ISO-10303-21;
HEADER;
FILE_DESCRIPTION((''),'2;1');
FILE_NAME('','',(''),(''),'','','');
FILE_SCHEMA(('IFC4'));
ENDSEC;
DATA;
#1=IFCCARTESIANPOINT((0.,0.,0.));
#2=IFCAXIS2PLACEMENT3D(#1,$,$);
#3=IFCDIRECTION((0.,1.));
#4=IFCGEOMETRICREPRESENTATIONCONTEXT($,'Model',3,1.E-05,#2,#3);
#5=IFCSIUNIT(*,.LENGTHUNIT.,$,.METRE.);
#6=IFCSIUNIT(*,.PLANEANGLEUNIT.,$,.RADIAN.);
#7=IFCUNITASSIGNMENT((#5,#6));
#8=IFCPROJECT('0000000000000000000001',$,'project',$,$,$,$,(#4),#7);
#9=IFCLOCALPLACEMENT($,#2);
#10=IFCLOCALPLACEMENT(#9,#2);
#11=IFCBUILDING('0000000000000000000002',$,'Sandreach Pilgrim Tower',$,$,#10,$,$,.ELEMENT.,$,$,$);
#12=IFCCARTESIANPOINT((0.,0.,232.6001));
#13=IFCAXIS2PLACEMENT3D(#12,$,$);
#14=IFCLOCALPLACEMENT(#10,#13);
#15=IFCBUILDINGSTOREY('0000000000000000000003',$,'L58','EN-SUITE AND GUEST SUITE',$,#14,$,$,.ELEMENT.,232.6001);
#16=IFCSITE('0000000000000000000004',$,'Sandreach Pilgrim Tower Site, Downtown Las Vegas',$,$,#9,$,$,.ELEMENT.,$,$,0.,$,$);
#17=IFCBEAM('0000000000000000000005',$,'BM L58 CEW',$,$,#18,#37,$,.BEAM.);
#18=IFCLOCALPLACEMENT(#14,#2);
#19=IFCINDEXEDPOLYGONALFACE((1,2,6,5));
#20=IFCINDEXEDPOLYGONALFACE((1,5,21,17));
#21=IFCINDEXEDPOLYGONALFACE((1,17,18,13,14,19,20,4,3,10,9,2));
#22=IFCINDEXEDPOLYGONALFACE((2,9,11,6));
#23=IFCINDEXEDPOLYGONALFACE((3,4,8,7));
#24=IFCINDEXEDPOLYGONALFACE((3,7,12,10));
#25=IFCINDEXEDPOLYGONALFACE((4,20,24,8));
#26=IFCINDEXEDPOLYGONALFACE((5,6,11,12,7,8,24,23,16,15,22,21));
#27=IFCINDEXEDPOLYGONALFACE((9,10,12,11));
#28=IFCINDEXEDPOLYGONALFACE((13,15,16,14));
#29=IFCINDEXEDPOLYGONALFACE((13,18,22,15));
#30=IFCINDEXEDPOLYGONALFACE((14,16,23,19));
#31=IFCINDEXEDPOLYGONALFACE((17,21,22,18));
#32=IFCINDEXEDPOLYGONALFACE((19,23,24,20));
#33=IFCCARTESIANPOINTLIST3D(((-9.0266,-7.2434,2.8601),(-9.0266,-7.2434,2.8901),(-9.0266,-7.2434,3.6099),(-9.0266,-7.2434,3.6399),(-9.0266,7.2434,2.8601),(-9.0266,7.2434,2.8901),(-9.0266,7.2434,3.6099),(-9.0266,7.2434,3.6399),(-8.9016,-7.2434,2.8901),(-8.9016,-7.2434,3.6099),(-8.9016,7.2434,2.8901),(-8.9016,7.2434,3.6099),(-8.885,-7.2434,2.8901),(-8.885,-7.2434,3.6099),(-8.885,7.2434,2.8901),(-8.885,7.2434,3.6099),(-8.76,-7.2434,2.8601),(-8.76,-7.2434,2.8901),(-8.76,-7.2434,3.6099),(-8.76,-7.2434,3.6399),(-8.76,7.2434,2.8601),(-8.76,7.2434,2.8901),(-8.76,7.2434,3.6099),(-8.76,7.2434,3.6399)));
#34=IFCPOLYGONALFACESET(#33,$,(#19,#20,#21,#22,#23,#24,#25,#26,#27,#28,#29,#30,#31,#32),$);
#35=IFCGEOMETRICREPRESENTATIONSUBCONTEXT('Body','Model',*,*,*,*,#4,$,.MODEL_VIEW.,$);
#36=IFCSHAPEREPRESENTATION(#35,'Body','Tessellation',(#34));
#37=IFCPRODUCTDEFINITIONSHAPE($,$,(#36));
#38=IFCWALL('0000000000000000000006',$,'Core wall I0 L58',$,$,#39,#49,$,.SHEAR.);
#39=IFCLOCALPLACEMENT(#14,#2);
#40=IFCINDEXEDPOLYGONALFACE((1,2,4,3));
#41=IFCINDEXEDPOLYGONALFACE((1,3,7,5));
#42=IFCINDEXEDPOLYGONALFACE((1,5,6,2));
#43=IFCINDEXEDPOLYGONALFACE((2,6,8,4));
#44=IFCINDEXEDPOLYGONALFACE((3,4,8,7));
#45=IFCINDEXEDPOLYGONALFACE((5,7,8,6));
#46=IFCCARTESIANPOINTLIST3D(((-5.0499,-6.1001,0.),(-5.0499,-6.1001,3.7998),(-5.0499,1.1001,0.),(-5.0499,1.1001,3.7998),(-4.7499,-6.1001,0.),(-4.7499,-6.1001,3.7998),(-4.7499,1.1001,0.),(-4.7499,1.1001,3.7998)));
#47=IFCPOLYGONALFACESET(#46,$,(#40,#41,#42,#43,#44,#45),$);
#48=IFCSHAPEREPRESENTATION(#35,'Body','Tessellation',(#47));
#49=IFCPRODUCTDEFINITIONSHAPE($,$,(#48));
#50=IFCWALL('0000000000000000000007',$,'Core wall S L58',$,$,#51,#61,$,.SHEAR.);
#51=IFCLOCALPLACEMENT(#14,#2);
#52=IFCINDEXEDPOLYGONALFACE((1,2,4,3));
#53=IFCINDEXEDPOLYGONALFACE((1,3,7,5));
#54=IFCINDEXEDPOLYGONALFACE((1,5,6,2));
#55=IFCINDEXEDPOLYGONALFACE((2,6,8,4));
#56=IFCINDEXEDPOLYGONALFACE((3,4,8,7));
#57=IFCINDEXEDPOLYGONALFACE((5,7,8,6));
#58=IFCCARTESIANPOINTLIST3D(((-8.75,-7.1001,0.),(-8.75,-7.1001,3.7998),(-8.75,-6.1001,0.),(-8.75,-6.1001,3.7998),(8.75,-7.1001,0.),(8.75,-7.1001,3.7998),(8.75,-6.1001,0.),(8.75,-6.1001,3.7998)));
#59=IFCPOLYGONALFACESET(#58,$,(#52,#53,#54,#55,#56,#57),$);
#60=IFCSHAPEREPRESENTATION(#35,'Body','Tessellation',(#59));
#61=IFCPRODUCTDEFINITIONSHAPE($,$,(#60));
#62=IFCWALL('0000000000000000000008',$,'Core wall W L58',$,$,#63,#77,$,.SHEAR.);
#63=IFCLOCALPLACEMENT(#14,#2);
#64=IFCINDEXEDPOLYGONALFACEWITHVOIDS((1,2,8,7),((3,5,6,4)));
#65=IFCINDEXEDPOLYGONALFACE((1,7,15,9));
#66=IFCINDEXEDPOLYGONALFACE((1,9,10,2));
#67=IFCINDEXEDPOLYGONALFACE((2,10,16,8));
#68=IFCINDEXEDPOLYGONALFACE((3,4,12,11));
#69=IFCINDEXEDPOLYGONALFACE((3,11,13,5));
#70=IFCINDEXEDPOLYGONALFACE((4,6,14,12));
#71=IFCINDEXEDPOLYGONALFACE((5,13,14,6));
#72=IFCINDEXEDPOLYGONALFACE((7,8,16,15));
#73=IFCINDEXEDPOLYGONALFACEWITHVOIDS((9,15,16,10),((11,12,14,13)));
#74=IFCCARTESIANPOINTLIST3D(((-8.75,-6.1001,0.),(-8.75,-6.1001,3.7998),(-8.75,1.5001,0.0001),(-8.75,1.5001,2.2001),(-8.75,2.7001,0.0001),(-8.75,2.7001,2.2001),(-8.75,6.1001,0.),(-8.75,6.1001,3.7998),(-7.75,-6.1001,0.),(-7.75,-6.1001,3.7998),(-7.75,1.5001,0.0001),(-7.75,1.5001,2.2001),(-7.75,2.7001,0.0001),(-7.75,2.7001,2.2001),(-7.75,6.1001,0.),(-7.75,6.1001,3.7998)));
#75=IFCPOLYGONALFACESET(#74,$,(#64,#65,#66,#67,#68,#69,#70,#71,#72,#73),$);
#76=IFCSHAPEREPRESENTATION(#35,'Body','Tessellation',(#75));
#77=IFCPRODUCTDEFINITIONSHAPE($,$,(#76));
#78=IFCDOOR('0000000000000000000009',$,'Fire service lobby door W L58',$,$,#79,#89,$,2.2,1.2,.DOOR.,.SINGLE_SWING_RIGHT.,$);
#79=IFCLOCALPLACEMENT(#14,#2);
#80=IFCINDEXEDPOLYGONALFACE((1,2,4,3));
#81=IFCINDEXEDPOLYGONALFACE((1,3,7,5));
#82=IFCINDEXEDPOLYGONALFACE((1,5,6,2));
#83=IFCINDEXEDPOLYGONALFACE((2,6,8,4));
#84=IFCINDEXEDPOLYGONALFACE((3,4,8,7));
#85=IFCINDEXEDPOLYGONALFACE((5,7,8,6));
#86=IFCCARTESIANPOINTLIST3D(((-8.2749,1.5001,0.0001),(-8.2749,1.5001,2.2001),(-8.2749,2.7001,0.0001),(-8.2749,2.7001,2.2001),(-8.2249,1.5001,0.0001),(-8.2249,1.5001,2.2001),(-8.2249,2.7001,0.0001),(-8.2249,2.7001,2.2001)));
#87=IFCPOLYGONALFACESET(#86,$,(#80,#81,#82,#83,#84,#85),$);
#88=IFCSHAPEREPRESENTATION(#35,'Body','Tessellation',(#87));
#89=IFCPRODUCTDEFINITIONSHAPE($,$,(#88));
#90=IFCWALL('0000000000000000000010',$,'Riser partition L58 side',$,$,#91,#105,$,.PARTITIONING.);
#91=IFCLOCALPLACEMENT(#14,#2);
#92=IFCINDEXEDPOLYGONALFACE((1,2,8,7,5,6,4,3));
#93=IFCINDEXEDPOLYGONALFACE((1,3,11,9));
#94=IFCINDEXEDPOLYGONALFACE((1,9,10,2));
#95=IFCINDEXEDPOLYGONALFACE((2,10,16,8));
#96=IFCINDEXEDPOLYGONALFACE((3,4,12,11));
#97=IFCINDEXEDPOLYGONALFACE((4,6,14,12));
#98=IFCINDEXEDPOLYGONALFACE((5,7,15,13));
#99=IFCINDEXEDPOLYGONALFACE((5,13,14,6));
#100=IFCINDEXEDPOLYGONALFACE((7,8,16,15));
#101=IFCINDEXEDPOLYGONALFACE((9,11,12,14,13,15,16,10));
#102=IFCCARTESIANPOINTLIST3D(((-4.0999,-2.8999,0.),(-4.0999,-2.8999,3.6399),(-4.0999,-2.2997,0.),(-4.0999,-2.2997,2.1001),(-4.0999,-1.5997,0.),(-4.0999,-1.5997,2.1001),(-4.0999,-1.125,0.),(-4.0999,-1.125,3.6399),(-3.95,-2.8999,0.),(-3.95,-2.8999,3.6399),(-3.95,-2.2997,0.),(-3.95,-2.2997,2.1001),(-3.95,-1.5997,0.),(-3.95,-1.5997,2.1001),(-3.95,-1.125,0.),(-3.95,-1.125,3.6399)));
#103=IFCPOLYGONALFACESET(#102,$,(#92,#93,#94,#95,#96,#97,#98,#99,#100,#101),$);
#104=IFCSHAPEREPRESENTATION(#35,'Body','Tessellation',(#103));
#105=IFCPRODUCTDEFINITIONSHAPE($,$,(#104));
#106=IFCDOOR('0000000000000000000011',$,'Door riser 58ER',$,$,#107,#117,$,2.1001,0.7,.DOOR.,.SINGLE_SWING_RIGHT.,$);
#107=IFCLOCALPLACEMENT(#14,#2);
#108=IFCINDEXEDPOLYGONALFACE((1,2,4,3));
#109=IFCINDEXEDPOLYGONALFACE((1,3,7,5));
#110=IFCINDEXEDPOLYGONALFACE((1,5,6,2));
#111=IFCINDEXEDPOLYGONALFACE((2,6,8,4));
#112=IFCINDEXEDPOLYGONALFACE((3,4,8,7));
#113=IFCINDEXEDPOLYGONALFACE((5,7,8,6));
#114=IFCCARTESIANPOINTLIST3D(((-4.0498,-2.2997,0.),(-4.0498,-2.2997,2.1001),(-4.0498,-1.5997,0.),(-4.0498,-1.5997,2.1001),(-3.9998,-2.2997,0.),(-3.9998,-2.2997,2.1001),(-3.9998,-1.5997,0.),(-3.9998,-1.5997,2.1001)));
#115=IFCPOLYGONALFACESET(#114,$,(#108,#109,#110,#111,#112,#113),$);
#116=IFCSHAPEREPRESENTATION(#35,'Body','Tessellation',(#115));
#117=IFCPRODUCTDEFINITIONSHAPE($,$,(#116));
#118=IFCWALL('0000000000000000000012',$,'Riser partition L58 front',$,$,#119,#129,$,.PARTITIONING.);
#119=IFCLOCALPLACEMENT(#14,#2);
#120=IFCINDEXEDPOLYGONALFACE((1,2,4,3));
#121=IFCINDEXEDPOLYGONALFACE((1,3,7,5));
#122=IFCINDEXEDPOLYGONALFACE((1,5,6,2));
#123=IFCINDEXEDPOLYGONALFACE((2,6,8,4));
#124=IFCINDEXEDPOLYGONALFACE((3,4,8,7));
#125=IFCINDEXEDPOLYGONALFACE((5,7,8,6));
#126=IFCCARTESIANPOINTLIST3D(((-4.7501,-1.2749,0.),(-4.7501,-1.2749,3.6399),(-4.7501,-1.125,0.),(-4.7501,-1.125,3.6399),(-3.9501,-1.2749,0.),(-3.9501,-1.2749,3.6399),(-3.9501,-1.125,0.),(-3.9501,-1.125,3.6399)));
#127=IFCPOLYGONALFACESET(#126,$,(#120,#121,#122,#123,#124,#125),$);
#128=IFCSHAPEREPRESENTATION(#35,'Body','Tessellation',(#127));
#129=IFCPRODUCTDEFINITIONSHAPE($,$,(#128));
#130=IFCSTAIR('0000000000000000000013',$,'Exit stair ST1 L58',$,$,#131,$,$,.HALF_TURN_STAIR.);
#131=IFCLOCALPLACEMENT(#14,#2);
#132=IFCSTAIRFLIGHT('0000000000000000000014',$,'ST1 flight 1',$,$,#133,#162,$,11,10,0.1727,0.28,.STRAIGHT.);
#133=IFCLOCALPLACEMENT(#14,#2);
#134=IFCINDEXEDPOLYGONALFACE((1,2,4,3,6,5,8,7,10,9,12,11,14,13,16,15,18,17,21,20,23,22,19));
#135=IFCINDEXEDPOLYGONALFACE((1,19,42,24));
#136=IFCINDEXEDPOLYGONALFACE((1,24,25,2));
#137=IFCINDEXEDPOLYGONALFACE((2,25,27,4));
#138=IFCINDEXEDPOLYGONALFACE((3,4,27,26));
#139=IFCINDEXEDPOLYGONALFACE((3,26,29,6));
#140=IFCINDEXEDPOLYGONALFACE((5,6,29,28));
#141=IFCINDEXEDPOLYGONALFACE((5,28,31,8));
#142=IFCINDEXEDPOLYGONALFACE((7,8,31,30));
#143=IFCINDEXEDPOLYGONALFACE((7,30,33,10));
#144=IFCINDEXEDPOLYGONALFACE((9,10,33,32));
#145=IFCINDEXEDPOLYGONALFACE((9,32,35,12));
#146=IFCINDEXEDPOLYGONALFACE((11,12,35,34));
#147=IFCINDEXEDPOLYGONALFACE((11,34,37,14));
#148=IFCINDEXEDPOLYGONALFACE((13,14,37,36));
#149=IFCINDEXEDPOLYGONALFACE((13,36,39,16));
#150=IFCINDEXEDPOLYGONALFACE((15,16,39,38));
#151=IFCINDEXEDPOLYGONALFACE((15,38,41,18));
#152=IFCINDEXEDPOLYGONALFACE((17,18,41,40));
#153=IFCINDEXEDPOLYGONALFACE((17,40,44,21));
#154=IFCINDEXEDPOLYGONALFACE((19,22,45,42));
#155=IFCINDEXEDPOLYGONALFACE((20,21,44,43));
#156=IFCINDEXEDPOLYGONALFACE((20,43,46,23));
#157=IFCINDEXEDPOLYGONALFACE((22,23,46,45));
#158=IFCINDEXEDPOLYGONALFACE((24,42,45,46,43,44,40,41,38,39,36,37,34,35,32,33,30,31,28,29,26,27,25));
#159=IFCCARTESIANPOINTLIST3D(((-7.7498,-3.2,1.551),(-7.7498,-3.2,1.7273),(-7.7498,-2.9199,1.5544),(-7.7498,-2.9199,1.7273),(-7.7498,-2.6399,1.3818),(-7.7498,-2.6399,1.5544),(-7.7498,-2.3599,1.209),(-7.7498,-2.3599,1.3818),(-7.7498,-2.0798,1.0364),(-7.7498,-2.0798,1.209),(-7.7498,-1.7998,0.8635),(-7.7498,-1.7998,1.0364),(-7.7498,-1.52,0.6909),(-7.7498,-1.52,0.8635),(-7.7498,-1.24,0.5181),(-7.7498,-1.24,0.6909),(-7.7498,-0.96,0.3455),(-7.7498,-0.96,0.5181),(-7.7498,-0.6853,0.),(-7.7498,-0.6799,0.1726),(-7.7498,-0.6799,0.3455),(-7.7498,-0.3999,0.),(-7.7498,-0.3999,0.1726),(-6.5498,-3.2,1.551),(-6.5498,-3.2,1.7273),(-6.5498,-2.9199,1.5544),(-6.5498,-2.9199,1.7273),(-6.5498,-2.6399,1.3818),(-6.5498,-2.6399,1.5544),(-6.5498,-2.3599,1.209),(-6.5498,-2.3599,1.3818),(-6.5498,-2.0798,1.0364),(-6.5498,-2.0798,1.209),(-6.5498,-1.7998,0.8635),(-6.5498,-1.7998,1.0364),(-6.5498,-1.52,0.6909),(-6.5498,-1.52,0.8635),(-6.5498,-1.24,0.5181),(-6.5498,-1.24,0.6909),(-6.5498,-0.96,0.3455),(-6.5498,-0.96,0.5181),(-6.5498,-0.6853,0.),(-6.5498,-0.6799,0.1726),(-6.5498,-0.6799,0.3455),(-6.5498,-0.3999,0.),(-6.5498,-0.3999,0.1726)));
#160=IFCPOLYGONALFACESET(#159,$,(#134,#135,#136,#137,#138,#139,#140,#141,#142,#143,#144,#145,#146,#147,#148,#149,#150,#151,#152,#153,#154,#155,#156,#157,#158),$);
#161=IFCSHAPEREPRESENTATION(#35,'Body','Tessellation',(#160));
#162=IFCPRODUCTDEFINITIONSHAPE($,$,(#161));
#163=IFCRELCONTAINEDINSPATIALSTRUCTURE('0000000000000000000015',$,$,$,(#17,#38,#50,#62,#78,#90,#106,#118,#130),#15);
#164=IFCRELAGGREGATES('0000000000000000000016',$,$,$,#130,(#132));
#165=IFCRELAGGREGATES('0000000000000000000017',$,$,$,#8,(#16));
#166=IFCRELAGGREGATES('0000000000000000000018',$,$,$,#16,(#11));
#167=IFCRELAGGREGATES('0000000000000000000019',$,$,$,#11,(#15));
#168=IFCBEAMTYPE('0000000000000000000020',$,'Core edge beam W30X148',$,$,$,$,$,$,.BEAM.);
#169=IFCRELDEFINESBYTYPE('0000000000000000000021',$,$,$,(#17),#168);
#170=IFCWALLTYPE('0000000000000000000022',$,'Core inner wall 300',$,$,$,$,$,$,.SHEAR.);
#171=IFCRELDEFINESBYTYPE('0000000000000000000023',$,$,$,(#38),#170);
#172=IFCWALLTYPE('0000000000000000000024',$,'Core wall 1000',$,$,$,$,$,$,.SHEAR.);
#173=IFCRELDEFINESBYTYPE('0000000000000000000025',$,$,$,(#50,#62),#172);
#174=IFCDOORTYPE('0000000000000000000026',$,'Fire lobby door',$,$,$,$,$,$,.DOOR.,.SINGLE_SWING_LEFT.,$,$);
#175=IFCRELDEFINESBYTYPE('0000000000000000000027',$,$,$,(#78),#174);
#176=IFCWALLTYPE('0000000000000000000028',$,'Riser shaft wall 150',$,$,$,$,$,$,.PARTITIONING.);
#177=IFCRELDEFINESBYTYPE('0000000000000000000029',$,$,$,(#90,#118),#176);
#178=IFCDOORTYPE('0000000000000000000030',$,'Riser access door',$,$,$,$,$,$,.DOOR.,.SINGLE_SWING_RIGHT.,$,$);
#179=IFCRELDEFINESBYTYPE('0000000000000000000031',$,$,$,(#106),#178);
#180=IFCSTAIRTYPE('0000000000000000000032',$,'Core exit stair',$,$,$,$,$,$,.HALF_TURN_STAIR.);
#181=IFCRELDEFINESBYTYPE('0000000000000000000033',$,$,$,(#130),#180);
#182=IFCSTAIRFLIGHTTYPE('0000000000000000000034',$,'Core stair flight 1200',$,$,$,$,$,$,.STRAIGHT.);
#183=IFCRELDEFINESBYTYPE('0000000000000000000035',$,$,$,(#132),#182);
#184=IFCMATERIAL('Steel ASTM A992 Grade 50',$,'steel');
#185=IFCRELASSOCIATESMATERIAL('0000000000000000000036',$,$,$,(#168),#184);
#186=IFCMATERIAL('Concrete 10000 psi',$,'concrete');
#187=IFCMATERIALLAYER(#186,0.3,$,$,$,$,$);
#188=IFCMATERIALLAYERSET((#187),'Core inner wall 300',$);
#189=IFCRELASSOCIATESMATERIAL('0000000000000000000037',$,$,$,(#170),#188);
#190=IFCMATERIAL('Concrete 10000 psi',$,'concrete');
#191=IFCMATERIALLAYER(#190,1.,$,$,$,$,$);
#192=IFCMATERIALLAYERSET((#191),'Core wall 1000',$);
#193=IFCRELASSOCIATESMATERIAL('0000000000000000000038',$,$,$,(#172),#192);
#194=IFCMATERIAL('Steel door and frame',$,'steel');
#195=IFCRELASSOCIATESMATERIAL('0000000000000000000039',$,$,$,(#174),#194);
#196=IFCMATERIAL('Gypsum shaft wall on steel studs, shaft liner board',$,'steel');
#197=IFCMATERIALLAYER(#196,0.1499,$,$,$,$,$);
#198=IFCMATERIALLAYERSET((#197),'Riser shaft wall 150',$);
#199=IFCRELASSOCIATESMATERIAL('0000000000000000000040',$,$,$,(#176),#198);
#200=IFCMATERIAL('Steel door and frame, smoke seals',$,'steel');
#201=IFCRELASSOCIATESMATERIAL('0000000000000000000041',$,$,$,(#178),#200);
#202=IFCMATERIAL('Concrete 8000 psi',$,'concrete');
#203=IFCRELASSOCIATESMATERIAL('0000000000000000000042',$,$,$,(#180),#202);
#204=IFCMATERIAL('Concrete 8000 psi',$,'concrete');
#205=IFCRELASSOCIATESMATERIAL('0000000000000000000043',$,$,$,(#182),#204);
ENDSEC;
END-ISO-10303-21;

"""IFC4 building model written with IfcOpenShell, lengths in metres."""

from ifc_helpers import new_model, si_unit, direction, frame, frame_2d, origin, origin_2d, place, context, subcontext, project, spatial, polyline, rectangle, i_section, outline, extrude, material, layer, layer_set, material_profile, profile_set, type_object, element, fill, aggregate, save


model = new_model("IFC4")

# Units and contexts
model_context = context("Model", 3, precision=1e-05, world=origin(), true_north=direction((0.0, 1.0)))
body_context = subcontext(model_context, "Body", "Model", "MODEL_VIEW")
ifc_project = project(units=[si_unit("LENGTHUNIT", "METRE"), si_unit("PLANEANGLEUNIT", "RADIAN")], contexts=[model_context])

# Site, building, storey
site_placement = place(None, origin())
site = spatial("IfcSite", under=ifc_project, at=site_placement, Name="Sandreach Pilgrim Tower Site, Downtown Las Vegas", CompositionType="ELEMENT", RefElevation=0.0)
building_placement = place(site_placement, origin())
building = spatial("IfcBuilding", under=site, at=building_placement, Name="Sandreach Pilgrim Tower", CompositionType="ELEMENT")
storey_placement = place(building_placement, frame((0.0, 0.0, 232.6001)))
storey = spatial("IfcBuildingStorey", under=building, at=storey_placement, Name="L58", Description="EN-SUITE AND GUEST SUITE", CompositionType="ELEMENT", Elevation=232.6001)

# Beam
ifc_material_1 = material(Name="Steel ASTM A992 Grade 50", Category="steel")
ifc_material_profile = material_profile(ifc_material_1, i_section(OverallWidth=0.2666, OverallDepth=0.7798, WebThickness=0.0166, FlangeThickness=0.03, at=origin_2d()), Name="W30X148")
ifc_profile_set = profile_set([ifc_material_profile], Name="Steel ASTM A992 Grade 50")
beam_type = type_object("IfcBeamType", Name="Core edge beam W30X148", PredefinedType="BEAM", material=ifc_profile_set)
beam_placement = place(storey_placement, frame((-8.8933, -7.2434, 3.25), z_axis=(0.0, 1.0, 0.0), x_axis=(-1.0, 0.0, 0.0)))
element("IfcBeam", 1, at=beam_placement, inside=storey, type_object=beam_type, Name="BM L58 CEW", PredefinedType="BEAM", context=body_context, shape_type="SweptSolid", body=[
    extrude(i_section(OverallWidth=0.2666, OverallDepth=0.7798, WebThickness=0.0166, FlangeThickness=0.03, at=origin_2d()), origin(), (0.0, 0.0, 1.0), 14.4868),
])

# Wall
ifc_material_2 = material(Name="Concrete 10000 psi", Category="concrete")
ifc_layer_1 = layer(ifc_material_2, 0.3)
ifc_layer_set_1 = layer_set([ifc_layer_1], Name="Core inner wall 300")
wall_type_1 = type_object("IfcWallType", Name="Core inner wall 300", PredefinedType="SHEAR", material=ifc_layer_set_1)
wall_1_placement = place(storey_placement, frame((-4.8999, -6.1001, 0.0), z_axis=(0.0, 0.0, 1.0), x_axis=(0.0, 1.0, 0.0)))
element("IfcWall", 2, at=wall_1_placement, inside=storey, type_object=wall_type_1, Name="Core wall I0 L58", PredefinedType="SHEAR", context=body_context, shape_type="SweptSolid", body=[
    extrude(rectangle(XDim=7.2002, YDim=0.3, at=frame_2d((3.6001, 0.0))), origin(), (0.0, 0.0, 1.0), 3.7998),
])

# Wall
ifc_material_3 = material(Name="Concrete 10000 psi", Category="concrete")
ifc_layer_2 = layer(ifc_material_3, 1.0)
ifc_layer_set_2 = layer_set([ifc_layer_2], Name="Core wall 1000")
wall_type_2 = type_object("IfcWallType", Name="Core wall 1000", PredefinedType="SHEAR", material=ifc_layer_set_2)
wall_2_placement = place(storey_placement, frame((-8.75, -6.6001, 0.0), z_axis=(0.0, 0.0, 1.0), x_axis=(1.0, 0.0, 0.0)))
element("IfcWall", 3, at=wall_2_placement, inside=storey, type_object=wall_type_2, Name="Core wall S L58", PredefinedType="SHEAR", context=body_context, shape_type="SweptSolid", body=[
    extrude(rectangle(XDim=17.5, YDim=1.0, at=frame_2d((8.75, 0.0))), origin(), (0.0, 0.0, 1.0), 3.7998),
])

# Walls, openings, doors
wall_3_placement = place(storey_placement, frame((-8.25, -6.1001, 0.0), z_axis=(0.0, 0.0, 1.0), x_axis=(0.0, 1.0, 0.0)))
wall_3 = element("IfcWall", 4, at=wall_3_placement, inside=storey, type_object=wall_type_2, Name="Core wall W L58", PredefinedType="SHEAR", context=body_context, shape_type="SweptSolid", body=[
    extrude(rectangle(XDim=12.2002, YDim=1.0, at=frame_2d((6.1001, 0.0))), origin(), (0.0, 0.0, 1.0), 3.7998),
])
opening_1_placement = place(wall_3_placement, frame((7.6001, 0.0, 0.0)))
opening_1 = element("IfcOpeningElement", 5, at=opening_1_placement, cuts=wall_3, PredefinedType="OPENING", context=body_context, shape_type="SweptSolid", body=[
    extrude(rectangle(XDim=1.2, YDim=2.2, at=frame_2d((0.6001, 1.1001))), frame((0.0, 0.5, 0.0), z_axis=(0.0, -1.0, 0.0), x_axis=(1.0, 0.0, 0.0)), (0.0, 0.0, 1.0), 1.0),
])
ifc_material_4 = material(Name="Steel door and frame", Category="steel")
door_type_1 = type_object("IfcDoorType", Name="Fire lobby door", OperationType="SINGLE_SWING_LEFT", PredefinedType="DOOR", material=ifc_material_4)
door_1_placement = place(opening_1_placement, origin())
door_1 = element("IfcDoor", 6, at=door_1_placement, inside=storey, type_object=door_type_1, Name="Fire service lobby door W L58", OperationType="SINGLE_SWING_RIGHT", OverallHeight=2.2, OverallWidth=1.2, PredefinedType="DOOR", context=body_context, shape_type="SweptSolid", body=[
    extrude(rectangle(XDim=1.2, YDim=2.2, at=frame_2d((0.6001, 1.1001))), frame((0.0, 0.0249, 0.0), z_axis=(0.0, -1.0, 0.0), x_axis=(1.0, 0.0, 0.0)), (0.0, 0.0, 1.0), 0.05),
])
fill(opening_1, door_1)
ifc_material_5 = material(Name="Gypsum shaft wall on steel studs, shaft liner board", Category="steel")
ifc_layer_3 = layer(ifc_material_5, 0.1499)
ifc_layer_set_3 = layer_set([ifc_layer_3], Name="Riser shaft wall 150")
wall_type_3 = type_object("IfcWallType", Name="Riser shaft wall 150", PredefinedType="PARTITIONING", material=ifc_layer_set_3)
wall_4_placement = place(storey_placement, frame((-4.0249, -2.8999, 0.0), z_axis=(0.0, 0.0, 1.0), x_axis=(0.0, 1.0, 0.0)))
wall_4 = element("IfcWall", 7, at=wall_4_placement, inside=storey, type_object=wall_type_3, Name="Riser partition L58 side", PredefinedType="PARTITIONING", context=body_context, shape_type="SweptSolid", body=[
    extrude(rectangle(XDim=1.7749, YDim=0.1499, at=frame_2d((0.8875, 0.0))), origin(), (0.0, 0.0, 1.0), 3.6399),
])
opening_2_placement = place(wall_4_placement, frame((0.6001, 0.0, 0.0)))
opening_2 = element("IfcOpeningElement", 8, at=opening_2_placement, cuts=wall_4, PredefinedType="OPENING", context=body_context, shape_type="SweptSolid", body=[
    extrude(rectangle(XDim=0.7, YDim=2.1001, at=frame_2d((0.3501, 1.05))), frame((0.0, 0.075, 0.0), z_axis=(0.0, -1.0, 0.0), x_axis=(1.0, 0.0, 0.0)), (0.0, 0.0, 1.0), 0.1499),
])
ifc_material_6 = material(Name="Steel door and frame, smoke seals", Category="steel")
door_type_2 = type_object("IfcDoorType", Name="Riser access door", OperationType="SINGLE_SWING_RIGHT", PredefinedType="DOOR", material=ifc_material_6)
door_2_placement = place(opening_2_placement, origin())
door_2 = element("IfcDoor", 9, at=door_2_placement, inside=storey, type_object=door_type_2, Name="Door riser 58ER", OperationType="SINGLE_SWING_RIGHT", OverallHeight=2.1001, OverallWidth=0.7, PredefinedType="DOOR", context=body_context, shape_type="SweptSolid", body=[
    extrude(rectangle(XDim=0.7, YDim=2.1001, at=frame_2d((0.3501, 1.05))), frame((0.0, 0.0249, 0.0), z_axis=(0.0, -1.0, 0.0), x_axis=(1.0, 0.0, 0.0)), (0.0, 0.0, 1.0), 0.05),
])
fill(opening_2, door_2)

# Wall
wall_5_placement = place(storey_placement, frame((-4.75, -1.2, 0.0), z_axis=(0.0, 0.0, 1.0), x_axis=(1.0, 0.0, 0.0)))
element("IfcWall", 10, at=wall_5_placement, inside=storey, type_object=wall_type_3, Name="Riser partition L58 front", PredefinedType="PARTITIONING", context=body_context, shape_type="SweptSolid", body=[
    extrude(rectangle(XDim=0.8, YDim=0.1499, at=frame_2d((0.3999, 0.0))), origin(), (0.0, 0.0, 1.0), 3.6399),
])

# Stair, stair flight
ifc_material_7 = material(Name="Concrete 8000 psi", Category="concrete")
stair_type = type_object("IfcStairType", Name="Core exit stair", PredefinedType="HALF_TURN_STAIR", material=ifc_material_7)
stair_placement = place(storey_placement, origin())
stair = element("IfcStair", 11, at=stair_placement, inside=storey, type_object=stair_type, Name="Exit stair ST1 L58", PredefinedType="HALF_TURN_STAIR")
ifc_material_8 = material(Name="Concrete 8000 psi", Category="concrete")
stair_flight_type = type_object("IfcStairFlightType", Name="Core stair flight 1200", PredefinedType="STRAIGHT", material=ifc_material_8)
stair_flight_1_placement = place(storey_placement, frame((-7.1499, -0.3999, 0.0), z_axis=(0.0, 0.0, 1.0), x_axis=(0.0, -1.0, 0.0)))
stair_flight_1 = element("IfcStairFlight", 12, at=stair_flight_1_placement, type_object=stair_flight_type, Name="ST1 flight 1", NumberOfRisers=11, NumberOfTreads=10, PredefinedType="STRAIGHT", RiserHeight=0.1727, TreadLength=0.28, context=body_context, shape_type="SweptSolid", body=[
    extrude(outline(polyline([(0.0, 0.0), (0.0, 0.1726), (0.28, 0.1726), (0.28, 0.3455), (0.5601, 0.3455), (0.5601, 0.5181), (0.8401, 0.5181), (0.8401, 0.6909), (1.1201, 0.6909), (1.1201, 0.8635), (1.3999, 0.8635), (1.3999, 1.0364), (1.6799, 1.0364), (1.6799, 1.209), (1.96, 1.209), (1.96, 1.3818), (2.24, 1.3818), (2.24, 1.5544), (2.52, 1.5544), (2.52, 1.7273), (2.8, 1.7273), (2.8, 1.8999), (2.8, 1.551), (0.2854, 0.0), (0.0, 0.0)])), frame((0.0, 0.6001, 0.0), z_axis=(0.0, -1.0, 0.0), x_axis=(1.0, 0.0, 0.0)), (0.0, 0.0, 1.0), 1.2),
])
aggregate(stair, [stair_flight_1])

save(model, "model.ifc")
